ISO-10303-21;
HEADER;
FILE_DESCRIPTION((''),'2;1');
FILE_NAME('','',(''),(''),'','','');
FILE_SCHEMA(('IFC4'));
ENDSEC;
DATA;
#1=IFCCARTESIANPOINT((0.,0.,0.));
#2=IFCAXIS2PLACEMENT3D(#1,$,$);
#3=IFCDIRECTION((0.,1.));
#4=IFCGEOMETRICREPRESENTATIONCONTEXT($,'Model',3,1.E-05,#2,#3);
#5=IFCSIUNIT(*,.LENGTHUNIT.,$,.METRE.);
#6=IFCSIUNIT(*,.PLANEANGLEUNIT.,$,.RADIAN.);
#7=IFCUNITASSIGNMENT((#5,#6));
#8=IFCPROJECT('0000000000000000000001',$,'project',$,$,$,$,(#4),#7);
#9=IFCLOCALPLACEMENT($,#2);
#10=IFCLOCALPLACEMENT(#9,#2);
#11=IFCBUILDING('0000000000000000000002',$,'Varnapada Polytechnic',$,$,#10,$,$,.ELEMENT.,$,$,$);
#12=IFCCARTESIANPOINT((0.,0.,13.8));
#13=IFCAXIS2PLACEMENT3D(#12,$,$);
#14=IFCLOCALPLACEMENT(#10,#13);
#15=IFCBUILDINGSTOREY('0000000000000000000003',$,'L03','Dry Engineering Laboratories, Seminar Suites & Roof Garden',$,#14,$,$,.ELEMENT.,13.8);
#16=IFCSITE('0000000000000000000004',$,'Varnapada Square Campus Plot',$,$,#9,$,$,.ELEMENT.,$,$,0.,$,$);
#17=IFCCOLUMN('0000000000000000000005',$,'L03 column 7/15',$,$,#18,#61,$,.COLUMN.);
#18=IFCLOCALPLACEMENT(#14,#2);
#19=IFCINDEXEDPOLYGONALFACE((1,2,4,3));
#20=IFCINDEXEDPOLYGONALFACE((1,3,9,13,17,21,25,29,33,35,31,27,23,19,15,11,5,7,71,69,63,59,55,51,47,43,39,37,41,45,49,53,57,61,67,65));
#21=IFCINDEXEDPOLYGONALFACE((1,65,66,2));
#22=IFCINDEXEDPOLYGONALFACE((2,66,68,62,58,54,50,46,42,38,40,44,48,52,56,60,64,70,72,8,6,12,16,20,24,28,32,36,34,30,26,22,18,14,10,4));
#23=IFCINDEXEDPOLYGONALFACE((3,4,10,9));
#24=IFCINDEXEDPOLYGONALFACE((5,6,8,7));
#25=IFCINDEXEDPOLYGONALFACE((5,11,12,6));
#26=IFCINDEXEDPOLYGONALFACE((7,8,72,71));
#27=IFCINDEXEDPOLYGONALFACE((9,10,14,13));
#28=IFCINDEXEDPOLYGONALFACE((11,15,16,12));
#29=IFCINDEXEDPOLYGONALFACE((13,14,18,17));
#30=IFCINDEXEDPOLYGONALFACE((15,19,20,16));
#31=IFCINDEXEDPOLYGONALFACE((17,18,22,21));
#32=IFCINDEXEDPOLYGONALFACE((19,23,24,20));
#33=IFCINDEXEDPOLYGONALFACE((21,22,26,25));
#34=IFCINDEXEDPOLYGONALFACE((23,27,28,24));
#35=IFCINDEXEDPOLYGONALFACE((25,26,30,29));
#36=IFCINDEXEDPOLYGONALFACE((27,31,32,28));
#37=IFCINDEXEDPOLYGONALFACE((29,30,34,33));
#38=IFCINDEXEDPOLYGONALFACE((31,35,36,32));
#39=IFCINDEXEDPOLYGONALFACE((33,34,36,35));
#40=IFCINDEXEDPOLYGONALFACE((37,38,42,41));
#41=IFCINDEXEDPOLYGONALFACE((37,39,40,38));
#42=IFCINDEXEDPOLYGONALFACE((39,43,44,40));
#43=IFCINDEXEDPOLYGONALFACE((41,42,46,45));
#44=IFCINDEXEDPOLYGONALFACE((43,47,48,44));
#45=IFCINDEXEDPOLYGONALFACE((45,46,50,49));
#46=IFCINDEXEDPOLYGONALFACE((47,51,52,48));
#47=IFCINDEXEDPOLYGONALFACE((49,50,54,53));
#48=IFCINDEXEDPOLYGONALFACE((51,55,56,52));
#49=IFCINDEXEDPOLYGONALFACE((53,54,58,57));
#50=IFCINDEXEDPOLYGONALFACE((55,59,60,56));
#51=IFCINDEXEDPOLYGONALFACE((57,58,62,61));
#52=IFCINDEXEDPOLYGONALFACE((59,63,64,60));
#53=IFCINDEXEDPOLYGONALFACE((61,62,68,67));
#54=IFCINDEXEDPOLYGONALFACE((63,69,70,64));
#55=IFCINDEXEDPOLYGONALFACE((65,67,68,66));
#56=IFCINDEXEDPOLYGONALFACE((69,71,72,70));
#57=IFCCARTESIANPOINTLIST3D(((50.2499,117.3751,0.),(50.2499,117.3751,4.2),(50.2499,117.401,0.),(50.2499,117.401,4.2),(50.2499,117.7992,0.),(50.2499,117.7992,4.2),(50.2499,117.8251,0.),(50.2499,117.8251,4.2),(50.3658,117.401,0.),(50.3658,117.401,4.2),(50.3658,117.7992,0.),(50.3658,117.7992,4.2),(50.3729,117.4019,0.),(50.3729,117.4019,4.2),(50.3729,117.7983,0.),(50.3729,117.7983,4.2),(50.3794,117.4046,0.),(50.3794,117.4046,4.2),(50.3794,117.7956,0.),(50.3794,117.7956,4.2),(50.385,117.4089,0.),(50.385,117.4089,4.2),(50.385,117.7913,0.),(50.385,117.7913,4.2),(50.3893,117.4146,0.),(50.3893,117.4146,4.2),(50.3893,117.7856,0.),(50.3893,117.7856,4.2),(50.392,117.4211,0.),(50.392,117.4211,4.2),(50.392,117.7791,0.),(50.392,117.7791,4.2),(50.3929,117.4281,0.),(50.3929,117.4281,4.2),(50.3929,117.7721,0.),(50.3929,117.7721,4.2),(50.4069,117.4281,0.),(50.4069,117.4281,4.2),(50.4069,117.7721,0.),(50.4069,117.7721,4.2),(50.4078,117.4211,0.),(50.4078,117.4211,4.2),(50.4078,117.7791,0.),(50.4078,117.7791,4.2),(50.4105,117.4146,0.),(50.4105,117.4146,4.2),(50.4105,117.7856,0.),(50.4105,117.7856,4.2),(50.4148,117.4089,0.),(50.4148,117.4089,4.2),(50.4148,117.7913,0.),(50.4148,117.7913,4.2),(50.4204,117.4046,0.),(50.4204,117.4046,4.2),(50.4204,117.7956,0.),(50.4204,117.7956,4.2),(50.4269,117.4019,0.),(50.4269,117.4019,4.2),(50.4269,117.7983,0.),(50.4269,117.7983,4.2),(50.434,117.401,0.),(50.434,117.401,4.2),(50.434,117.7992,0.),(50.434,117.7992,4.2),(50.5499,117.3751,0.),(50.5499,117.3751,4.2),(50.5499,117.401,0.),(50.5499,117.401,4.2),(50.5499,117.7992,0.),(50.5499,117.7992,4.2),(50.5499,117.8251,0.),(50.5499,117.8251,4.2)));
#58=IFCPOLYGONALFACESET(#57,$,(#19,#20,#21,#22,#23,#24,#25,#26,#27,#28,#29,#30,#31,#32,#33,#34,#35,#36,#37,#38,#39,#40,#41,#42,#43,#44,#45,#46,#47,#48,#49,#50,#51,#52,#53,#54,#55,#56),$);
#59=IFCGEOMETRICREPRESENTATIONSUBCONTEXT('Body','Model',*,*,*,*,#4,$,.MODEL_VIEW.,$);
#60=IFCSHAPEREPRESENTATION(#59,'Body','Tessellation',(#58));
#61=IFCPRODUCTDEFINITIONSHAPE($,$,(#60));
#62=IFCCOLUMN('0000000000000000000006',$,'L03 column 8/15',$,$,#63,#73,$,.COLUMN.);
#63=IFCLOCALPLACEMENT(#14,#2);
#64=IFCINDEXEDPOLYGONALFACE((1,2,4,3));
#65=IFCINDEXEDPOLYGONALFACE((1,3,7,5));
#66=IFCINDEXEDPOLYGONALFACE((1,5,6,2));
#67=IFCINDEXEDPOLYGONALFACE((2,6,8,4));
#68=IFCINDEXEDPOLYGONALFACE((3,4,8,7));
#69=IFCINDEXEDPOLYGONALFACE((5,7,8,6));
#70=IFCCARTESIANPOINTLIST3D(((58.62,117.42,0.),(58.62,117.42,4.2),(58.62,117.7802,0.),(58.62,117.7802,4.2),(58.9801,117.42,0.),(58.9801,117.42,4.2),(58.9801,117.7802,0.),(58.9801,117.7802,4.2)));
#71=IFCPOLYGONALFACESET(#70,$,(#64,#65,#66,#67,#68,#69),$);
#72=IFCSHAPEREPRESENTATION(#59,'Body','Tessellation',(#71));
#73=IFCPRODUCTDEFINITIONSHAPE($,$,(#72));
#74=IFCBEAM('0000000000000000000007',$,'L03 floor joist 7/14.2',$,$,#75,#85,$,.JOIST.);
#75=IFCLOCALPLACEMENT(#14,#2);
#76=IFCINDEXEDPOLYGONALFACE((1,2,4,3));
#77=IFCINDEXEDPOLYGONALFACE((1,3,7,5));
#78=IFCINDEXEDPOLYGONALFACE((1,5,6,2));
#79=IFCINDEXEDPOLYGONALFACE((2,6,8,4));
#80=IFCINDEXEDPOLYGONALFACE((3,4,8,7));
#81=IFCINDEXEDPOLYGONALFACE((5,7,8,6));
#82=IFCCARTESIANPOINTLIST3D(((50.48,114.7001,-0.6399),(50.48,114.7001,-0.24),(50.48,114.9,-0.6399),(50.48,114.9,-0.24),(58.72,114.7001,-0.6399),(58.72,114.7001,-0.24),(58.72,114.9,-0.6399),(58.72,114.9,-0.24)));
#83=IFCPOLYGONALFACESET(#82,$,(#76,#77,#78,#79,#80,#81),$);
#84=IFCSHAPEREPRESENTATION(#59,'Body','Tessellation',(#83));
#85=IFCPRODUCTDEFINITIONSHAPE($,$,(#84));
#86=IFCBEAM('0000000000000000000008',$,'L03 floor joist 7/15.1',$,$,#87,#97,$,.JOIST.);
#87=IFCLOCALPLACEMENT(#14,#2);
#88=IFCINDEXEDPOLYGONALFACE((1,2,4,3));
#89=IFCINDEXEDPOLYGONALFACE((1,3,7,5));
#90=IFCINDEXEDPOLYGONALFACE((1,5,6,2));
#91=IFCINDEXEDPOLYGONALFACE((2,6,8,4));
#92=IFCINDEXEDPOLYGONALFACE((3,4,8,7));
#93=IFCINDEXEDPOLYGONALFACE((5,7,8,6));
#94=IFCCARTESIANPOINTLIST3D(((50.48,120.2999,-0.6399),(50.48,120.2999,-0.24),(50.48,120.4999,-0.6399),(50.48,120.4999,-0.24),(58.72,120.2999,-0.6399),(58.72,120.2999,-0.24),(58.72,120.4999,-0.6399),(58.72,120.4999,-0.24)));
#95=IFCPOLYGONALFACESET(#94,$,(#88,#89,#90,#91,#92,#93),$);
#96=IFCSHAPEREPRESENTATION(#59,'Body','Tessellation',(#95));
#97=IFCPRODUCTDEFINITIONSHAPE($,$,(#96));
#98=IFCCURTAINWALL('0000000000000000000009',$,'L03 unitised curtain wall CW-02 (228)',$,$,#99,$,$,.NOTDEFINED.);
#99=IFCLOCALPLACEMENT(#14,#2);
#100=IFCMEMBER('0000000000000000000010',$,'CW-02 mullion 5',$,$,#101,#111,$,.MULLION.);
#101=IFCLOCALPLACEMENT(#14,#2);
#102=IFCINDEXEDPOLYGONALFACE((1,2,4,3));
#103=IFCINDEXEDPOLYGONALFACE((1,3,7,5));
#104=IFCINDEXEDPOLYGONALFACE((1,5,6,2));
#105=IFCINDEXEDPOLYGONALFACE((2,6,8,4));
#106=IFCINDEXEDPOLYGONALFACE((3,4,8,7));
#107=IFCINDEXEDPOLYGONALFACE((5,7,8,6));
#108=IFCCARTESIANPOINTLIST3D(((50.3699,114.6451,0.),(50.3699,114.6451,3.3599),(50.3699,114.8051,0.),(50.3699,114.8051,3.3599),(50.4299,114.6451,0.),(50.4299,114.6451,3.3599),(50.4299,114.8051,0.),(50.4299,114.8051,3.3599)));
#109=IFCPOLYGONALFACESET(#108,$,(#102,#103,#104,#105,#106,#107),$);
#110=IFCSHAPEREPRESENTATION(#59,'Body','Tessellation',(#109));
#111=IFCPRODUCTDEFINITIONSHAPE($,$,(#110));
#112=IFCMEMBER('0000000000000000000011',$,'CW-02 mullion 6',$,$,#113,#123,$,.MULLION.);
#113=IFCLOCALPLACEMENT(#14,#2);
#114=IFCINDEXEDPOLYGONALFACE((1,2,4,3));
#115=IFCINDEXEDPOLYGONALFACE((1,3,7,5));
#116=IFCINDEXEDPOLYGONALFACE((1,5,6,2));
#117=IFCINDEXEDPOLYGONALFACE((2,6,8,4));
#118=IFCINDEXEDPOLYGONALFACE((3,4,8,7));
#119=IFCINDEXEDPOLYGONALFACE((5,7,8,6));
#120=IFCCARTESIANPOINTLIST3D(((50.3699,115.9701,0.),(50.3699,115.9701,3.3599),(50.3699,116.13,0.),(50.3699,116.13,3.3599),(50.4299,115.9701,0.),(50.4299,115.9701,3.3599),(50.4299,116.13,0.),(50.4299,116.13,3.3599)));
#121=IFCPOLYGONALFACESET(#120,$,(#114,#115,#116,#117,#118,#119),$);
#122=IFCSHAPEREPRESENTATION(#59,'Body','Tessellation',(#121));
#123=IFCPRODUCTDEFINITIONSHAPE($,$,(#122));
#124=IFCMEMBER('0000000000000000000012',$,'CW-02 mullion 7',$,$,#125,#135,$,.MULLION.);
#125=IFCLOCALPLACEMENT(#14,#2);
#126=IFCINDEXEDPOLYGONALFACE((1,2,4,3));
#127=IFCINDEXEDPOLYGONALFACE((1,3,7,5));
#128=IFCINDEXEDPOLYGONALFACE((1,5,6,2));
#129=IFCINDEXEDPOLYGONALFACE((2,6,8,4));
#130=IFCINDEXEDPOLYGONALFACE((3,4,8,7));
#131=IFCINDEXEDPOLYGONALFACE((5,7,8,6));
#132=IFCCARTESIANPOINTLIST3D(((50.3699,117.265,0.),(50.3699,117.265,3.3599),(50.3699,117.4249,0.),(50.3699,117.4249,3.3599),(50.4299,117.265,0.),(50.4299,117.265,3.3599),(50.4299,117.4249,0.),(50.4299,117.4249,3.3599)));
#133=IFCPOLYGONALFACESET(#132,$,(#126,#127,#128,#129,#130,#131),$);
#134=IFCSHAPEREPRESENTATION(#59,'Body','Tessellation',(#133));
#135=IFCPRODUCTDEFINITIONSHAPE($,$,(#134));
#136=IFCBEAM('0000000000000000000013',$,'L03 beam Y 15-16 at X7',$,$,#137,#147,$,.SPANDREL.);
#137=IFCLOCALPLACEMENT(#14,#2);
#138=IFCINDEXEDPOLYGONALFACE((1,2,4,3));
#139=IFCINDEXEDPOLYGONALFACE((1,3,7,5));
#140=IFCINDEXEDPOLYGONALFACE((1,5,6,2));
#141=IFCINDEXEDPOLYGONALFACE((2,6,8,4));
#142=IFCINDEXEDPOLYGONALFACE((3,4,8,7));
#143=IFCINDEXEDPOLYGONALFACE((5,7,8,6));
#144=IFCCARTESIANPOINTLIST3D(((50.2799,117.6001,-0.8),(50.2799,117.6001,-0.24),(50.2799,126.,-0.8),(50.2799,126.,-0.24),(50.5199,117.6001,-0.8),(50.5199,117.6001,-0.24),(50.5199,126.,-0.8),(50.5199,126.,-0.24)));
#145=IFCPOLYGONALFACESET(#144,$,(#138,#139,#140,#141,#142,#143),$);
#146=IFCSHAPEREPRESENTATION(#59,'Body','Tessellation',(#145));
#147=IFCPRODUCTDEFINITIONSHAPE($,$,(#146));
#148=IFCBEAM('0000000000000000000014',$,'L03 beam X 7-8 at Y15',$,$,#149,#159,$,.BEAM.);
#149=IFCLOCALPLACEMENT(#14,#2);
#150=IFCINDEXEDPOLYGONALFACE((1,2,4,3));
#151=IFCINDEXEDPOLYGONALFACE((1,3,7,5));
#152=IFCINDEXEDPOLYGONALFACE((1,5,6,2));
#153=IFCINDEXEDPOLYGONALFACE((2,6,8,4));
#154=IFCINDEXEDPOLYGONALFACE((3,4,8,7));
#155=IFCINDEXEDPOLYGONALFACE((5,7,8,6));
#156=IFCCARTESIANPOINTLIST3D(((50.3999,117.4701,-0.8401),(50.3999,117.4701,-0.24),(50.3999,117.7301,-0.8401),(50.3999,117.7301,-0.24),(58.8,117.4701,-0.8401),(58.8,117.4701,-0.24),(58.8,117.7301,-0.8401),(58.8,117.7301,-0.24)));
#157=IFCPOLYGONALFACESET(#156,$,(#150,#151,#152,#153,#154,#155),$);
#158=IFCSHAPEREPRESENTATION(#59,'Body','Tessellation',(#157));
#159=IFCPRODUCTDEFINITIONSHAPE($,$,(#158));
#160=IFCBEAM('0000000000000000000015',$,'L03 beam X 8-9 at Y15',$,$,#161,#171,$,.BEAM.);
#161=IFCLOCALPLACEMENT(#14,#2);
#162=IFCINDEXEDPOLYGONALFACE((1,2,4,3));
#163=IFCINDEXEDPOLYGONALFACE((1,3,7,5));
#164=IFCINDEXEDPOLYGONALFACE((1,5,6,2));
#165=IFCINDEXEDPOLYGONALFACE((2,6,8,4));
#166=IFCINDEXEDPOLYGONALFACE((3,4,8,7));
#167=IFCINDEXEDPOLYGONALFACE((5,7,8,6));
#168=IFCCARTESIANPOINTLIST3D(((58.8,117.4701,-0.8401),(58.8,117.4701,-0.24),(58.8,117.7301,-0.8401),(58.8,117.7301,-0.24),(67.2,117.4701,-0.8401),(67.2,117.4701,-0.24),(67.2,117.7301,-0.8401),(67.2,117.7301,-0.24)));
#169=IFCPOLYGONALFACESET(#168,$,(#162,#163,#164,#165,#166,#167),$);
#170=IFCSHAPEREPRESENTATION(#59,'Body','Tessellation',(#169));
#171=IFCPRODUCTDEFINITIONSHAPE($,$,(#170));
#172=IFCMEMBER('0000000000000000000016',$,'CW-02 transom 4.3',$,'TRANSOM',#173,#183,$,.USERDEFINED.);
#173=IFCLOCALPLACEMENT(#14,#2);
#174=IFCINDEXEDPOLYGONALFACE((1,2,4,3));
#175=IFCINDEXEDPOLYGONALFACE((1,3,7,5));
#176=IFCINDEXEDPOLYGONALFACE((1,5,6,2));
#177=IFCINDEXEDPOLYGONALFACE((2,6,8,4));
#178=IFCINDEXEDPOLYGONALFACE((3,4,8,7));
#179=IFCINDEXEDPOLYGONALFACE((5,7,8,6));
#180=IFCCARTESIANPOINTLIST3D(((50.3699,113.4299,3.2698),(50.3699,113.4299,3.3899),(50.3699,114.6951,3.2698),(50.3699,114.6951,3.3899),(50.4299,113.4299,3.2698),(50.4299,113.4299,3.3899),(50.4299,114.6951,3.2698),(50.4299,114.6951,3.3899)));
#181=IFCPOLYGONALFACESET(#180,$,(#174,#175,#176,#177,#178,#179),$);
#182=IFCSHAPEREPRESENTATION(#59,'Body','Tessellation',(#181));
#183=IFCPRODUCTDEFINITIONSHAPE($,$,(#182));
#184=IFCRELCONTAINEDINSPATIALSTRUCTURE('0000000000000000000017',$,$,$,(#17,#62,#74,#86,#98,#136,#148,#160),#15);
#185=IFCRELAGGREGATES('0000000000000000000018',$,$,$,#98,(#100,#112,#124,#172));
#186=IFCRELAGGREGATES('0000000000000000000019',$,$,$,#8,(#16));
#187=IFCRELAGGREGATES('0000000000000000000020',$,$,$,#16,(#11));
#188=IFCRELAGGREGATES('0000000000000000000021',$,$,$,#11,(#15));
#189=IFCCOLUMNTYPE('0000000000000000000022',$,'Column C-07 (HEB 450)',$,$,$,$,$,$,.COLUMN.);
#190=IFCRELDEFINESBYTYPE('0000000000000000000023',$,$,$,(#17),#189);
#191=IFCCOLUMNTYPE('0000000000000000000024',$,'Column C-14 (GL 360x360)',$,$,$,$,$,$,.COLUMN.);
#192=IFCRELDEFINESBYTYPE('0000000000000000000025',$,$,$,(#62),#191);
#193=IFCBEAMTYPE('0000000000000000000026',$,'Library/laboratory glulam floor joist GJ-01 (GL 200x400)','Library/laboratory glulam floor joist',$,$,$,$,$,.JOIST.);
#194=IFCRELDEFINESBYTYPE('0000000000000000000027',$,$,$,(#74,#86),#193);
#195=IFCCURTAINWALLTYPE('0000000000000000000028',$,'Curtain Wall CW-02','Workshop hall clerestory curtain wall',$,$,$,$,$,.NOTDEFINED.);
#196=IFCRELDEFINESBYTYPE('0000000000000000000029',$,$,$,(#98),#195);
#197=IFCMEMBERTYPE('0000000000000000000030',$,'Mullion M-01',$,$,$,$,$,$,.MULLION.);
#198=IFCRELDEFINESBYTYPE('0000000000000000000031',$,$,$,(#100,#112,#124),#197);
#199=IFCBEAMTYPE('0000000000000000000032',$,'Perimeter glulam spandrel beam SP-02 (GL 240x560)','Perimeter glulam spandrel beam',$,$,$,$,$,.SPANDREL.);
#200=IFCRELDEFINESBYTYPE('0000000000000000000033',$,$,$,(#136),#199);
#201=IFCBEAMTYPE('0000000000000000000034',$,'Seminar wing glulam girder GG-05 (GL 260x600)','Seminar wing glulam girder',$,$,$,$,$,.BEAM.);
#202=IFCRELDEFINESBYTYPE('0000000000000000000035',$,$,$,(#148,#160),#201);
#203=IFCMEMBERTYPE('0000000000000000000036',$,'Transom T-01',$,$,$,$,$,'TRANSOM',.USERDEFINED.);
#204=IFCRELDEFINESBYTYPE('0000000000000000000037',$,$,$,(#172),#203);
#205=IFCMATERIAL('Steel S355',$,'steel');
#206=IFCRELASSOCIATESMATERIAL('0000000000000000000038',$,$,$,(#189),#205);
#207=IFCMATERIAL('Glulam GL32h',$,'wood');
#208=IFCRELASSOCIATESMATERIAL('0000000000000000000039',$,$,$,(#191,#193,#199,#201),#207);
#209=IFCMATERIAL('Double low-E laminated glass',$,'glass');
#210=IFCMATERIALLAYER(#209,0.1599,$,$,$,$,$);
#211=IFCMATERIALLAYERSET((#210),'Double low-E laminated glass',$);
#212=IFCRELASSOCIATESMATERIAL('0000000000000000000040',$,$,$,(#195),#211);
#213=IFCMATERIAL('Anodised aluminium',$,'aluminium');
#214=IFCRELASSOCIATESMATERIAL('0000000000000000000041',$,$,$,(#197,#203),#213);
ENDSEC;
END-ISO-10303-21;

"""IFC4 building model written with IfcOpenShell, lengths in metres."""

from ifc_helpers import new_model, si_unit, direction, frame, origin, origin_2d, place, context, subcontext, project, spatial, rectangle, i_section, extrude, material, layer, layer_set, material_profile, profile_set, type_object, element, aggregate, save


model = new_model("IFC4")

# Units and contexts
model_context = context("Model", 3, precision=1e-05, world=origin(), true_north=direction((0.0, 1.0)))
body_context = subcontext(model_context, "Body", "Model", "MODEL_VIEW")
ifc_project = project(units=[si_unit("LENGTHUNIT", "METRE"), si_unit("PLANEANGLEUNIT", "RADIAN")], contexts=[model_context])

# Site, building, storey
site_placement = place(None, origin())
site = spatial("IfcSite", under=ifc_project, at=site_placement, Name="Varnapada Square Campus Plot", CompositionType="ELEMENT", RefElevation=0.0)
building_placement = place(site_placement, origin())
building = spatial("IfcBuilding", under=site, at=building_placement, Name="Varnapada Polytechnic", CompositionType="ELEMENT")
storey_placement = place(building_placement, frame((0.0, 0.0, 13.8)))
storey = spatial("IfcBuildingStorey", under=building, at=storey_placement, Name="L03", Description="Dry Engineering Laboratories, Seminar Suites & Roof Garden", CompositionType="ELEMENT", Elevation=13.8)

# Columns
ifc_material_1 = material(Name="Steel S355", Category="steel")
ifc_material_profile_1 = material_profile(ifc_material_1, i_section(OverallWidth=0.3, OverallDepth=0.45, WebThickness=0.0139, FlangeThickness=0.0259, FilletRadius=0.0271, at=origin_2d()), Name="HEB 450")
ifc_profile_set_1 = profile_set([ifc_material_profile_1], Name="Steel S355")
column_type_1 = type_object("IfcColumnType", Name="Column C-07 (HEB 450)", PredefinedType="COLUMN", material=ifc_profile_set_1)
column_1_placement = place(storey_placement, frame((50.3999, 117.6001, 0.0), z_axis=(0.0, 0.0, 1.0), x_axis=(1.0, 0.0, 0.0)))
element("IfcColumn", 1, at=column_1_placement, inside=storey, type_object=column_type_1, Name="L03 column 7/15", PredefinedType="COLUMN", context=body_context, shape_type="SweptSolid", body=[
    extrude(i_section(OverallWidth=0.3, OverallDepth=0.45, WebThickness=0.0139, FlangeThickness=0.0259, FilletRadius=0.0271, at=origin_2d()), origin(), (0.0, 0.0, 1.0), 4.2),
])
ifc_material_2 = material(Name="Glulam GL32h", Category="wood")
ifc_material_profile_2 = material_profile(ifc_material_2, rectangle(XDim=0.3601, YDim=0.3601, at=origin_2d()), Name="GL 360x360")
ifc_profile_set_2 = profile_set([ifc_material_profile_2], Name="Glulam GL32h")
column_type_2 = type_object("IfcColumnType", Name="Column C-14 (GL 360x360)", PredefinedType="COLUMN", material=ifc_profile_set_2)
column_2_placement = place(storey_placement, frame((58.8, 117.6001, 0.0), z_axis=(0.0, 0.0, 1.0), x_axis=(1.0, 0.0, 0.0)))
element("IfcColumn", 2, at=column_2_placement, inside=storey, type_object=column_type_2, Name="L03 column 8/15", PredefinedType="COLUMN", context=body_context, shape_type="SweptSolid", body=[
    extrude(rectangle(XDim=0.3601, YDim=0.3601, at=origin_2d()), origin(), (0.0, 0.0, 1.0), 4.2),
])

# Beams
ifc_material_profile_3 = material_profile(ifc_material_2, rectangle(XDim=0.2, YDim=0.3999, at=origin_2d()), Name="GL 200x400")
ifc_profile_set_3 = profile_set([ifc_material_profile_3], Name="Glulam GL32h")
beam_type_1 = type_object("IfcBeamType", Name="Library/laboratory glulam floor joist GJ-01 (GL 200x400)", Description="Library/laboratory glulam floor joist", PredefinedType="JOIST", material=ifc_profile_set_3)
for number, where, z_axis, x_axis, name in (
    (3, (50.48, 114.8, -0.4399), (1.0, 0.0, 0.0), (0.0, 1.0, 0.0), "L03 floor joist 7/14.2"),
    (4, (50.48, 120.3999, -0.4399), (1.0, 0.0, 0.0), (0.0, 1.0, 0.0), "L03 floor joist 7/15.1"),
):
    element("IfcBeam", number, at=place(storey_placement, frame(where, z_axis=z_axis, x_axis=x_axis)), inside=storey, type_object=beam_type_1, Name=name, PredefinedType="JOIST", context=body_context, shape_type="SweptSolid", body=[
        extrude(rectangle(XDim=0.2, YDim=0.3999, at=origin_2d()), origin(), (0.0, 0.0, 1.0), 8.24),
    ])

# Curtain wall, members
ifc_material_3 = material(Name="Double low-E laminated glass", Category="glass")
ifc_layer_1 = layer(ifc_material_3, 0.1599)
ifc_layer_set_1 = layer_set([ifc_layer_1], Name="Double low-E laminated glass")
curtain_wall_type = type_object("IfcCurtainWallType", Name="Curtain Wall CW-02", Description="Workshop hall clerestory curtain wall", PredefinedType="NOTDEFINED", material=ifc_layer_set_1)
curtain_wall_placement = place(storey_placement, origin())
curtain_wall = element("IfcCurtainWall", 5, at=curtain_wall_placement, inside=storey, type_object=curtain_wall_type, Name="L03 unitised curtain wall CW-02 (228)", PredefinedType="NOTDEFINED")
ifc_material_4 = material(Name="Anodised aluminium", Category="aluminium")
ifc_material_profile_4 = material_profile(ifc_material_4, rectangle(XDim=0.0601, YDim=0.1599, at=origin_2d()), Name="ALU M60x160")
ifc_profile_set_4 = profile_set([ifc_material_profile_4], Name="Anodised aluminium")
member_type_1 = type_object("IfcMemberType", Name="Mullion M-01", PredefinedType="MULLION", material=ifc_profile_set_4)
member_1_placement = place(storey_placement, frame((50.3999, 114.7251, 0.0), z_axis=(0.0, 0.0, 1.0), x_axis=(-1.0, 0.0, 0.0)))
member_1 = element("IfcMember", 6, at=member_1_placement, type_object=member_type_1, Name="CW-02 mullion 5", PredefinedType="MULLION", context=body_context, shape_type="SweptSolid", body=[
    extrude(rectangle(XDim=0.0601, YDim=0.1599, at=origin_2d()), origin(), (0.0, 0.0, 1.0), 3.3599),
])
member_2_placement = place(storey_placement, frame((50.3999, 116.05, 0.0), z_axis=(0.0, 0.0, 1.0), x_axis=(-1.0, 0.0, 0.0)))
member_2 = element("IfcMember", 7, at=member_2_placement, type_object=member_type_1, Name="CW-02 mullion 6", PredefinedType="MULLION", context=body_context, shape_type="SweptSolid", body=[
    extrude(rectangle(XDim=0.0601, YDim=0.1599, at=origin_2d()), origin(), (0.0, 0.0, 1.0), 3.3599),
])
member_3_placement = place(storey_placement, frame((50.3999, 117.345, 0.0), z_axis=(0.0, 0.0, 1.0), x_axis=(-1.0, 0.0, 0.0)))
member_3 = element("IfcMember", 8, at=member_3_placement, type_object=member_type_1, Name="CW-02 mullion 7", PredefinedType="MULLION", context=body_context, shape_type="SweptSolid", body=[
    extrude(rectangle(XDim=0.0601, YDim=0.1599, at=origin_2d()), origin(), (0.0, 0.0, 1.0), 3.3599),
])

# Beams
ifc_material_profile_5 = material_profile(ifc_material_2, rectangle(XDim=0.24, YDim=0.5601, at=origin_2d()), Name="GL 240x560")
ifc_profile_set_5 = profile_set([ifc_material_profile_5], Name="Glulam GL32h")
beam_type_2 = type_object("IfcBeamType", Name="Perimeter glulam spandrel beam SP-02 (GL 240x560)", Description="Perimeter glulam spandrel beam", PredefinedType="SPANDREL", material=ifc_profile_set_5)
beam_1_placement = place(storey_placement, frame((50.3999, 117.6001, -0.52), z_axis=(0.0, 1.0, 0.0), x_axis=(-1.0, 0.0, 0.0)))
element("IfcBeam", 9, at=beam_1_placement, inside=storey, type_object=beam_type_2, Name="L03 beam Y 15-16 at X7", PredefinedType="SPANDREL", context=body_context, shape_type="SweptSolid", body=[
    extrude(rectangle(XDim=0.24, YDim=0.5601, at=origin_2d()), origin(), (0.0, 0.0, 1.0), 8.3999),
])
ifc_material_profile_6 = material_profile(ifc_material_2, rectangle(XDim=0.26, YDim=0.6001, at=origin_2d()), Name="GL 260x600")
ifc_profile_set_6 = profile_set([ifc_material_profile_6], Name="Glulam GL32h")
beam_type_3 = type_object("IfcBeamType", Name="Seminar wing glulam girder GG-05 (GL 260x600)", Description="Seminar wing glulam girder", PredefinedType="BEAM", material=ifc_profile_set_6)
beam_2_placement = place(storey_placement, frame((50.3999, 117.6001, -0.54), z_axis=(1.0, 0.0, 0.0), x_axis=(0.0, 1.0, 0.0)))
element("IfcBeam", 10, at=beam_2_placement, inside=storey, type_object=beam_type_3, Name="L03 beam X 7-8 at Y15", PredefinedType="BEAM", context=body_context, shape_type="SweptSolid", body=[
    extrude(rectangle(XDim=0.26, YDim=0.6001, at=origin_2d()), origin(), (0.0, 0.0, 1.0), 8.4001),
])
beam_3_placement = place(storey_placement, frame((58.8, 117.6001, -0.54), z_axis=(1.0, 0.0, 0.0), x_axis=(0.0, 1.0, 0.0)))
element("IfcBeam", 11, at=beam_3_placement, inside=storey, type_object=beam_type_3, Name="L03 beam X 8-9 at Y15", PredefinedType="BEAM", context=body_context, shape_type="SweptSolid", body=[
    extrude(rectangle(XDim=0.26, YDim=0.6001, at=origin_2d()), origin(), (0.0, 0.0, 1.0), 8.3999),
])

# Member
ifc_material_profile_7 = material_profile(ifc_material_4, rectangle(XDim=0.0601, YDim=0.1201, at=origin_2d()), Name="ALU T60x120")
ifc_profile_set_7 = profile_set([ifc_material_profile_7], Name="Anodised aluminium")
member_type_2 = type_object("IfcMemberType", Name="Transom T-01", ElementType="TRANSOM", PredefinedType="USERDEFINED", material=ifc_profile_set_7)
member_4_placement = place(storey_placement, frame((50.3999, 113.4299, 3.3298), z_axis=(0.0, 1.0, 0.0), x_axis=(-1.0, 0.0, 0.0)))
member_4 = element("IfcMember", 12, at=member_4_placement, type_object=member_type_2, Name="CW-02 transom 4.3", ObjectType="TRANSOM", PredefinedType="USERDEFINED", context=body_context, shape_type="SweptSolid", body=[
    extrude(rectangle(XDim=0.0601, YDim=0.1201, at=origin_2d()), origin(), (0.0, 0.0, 1.0), 1.2651),
])

aggregate(curtain_wall, [member_1, member_2, member_3, member_4])

save(model, "model.ifc")
